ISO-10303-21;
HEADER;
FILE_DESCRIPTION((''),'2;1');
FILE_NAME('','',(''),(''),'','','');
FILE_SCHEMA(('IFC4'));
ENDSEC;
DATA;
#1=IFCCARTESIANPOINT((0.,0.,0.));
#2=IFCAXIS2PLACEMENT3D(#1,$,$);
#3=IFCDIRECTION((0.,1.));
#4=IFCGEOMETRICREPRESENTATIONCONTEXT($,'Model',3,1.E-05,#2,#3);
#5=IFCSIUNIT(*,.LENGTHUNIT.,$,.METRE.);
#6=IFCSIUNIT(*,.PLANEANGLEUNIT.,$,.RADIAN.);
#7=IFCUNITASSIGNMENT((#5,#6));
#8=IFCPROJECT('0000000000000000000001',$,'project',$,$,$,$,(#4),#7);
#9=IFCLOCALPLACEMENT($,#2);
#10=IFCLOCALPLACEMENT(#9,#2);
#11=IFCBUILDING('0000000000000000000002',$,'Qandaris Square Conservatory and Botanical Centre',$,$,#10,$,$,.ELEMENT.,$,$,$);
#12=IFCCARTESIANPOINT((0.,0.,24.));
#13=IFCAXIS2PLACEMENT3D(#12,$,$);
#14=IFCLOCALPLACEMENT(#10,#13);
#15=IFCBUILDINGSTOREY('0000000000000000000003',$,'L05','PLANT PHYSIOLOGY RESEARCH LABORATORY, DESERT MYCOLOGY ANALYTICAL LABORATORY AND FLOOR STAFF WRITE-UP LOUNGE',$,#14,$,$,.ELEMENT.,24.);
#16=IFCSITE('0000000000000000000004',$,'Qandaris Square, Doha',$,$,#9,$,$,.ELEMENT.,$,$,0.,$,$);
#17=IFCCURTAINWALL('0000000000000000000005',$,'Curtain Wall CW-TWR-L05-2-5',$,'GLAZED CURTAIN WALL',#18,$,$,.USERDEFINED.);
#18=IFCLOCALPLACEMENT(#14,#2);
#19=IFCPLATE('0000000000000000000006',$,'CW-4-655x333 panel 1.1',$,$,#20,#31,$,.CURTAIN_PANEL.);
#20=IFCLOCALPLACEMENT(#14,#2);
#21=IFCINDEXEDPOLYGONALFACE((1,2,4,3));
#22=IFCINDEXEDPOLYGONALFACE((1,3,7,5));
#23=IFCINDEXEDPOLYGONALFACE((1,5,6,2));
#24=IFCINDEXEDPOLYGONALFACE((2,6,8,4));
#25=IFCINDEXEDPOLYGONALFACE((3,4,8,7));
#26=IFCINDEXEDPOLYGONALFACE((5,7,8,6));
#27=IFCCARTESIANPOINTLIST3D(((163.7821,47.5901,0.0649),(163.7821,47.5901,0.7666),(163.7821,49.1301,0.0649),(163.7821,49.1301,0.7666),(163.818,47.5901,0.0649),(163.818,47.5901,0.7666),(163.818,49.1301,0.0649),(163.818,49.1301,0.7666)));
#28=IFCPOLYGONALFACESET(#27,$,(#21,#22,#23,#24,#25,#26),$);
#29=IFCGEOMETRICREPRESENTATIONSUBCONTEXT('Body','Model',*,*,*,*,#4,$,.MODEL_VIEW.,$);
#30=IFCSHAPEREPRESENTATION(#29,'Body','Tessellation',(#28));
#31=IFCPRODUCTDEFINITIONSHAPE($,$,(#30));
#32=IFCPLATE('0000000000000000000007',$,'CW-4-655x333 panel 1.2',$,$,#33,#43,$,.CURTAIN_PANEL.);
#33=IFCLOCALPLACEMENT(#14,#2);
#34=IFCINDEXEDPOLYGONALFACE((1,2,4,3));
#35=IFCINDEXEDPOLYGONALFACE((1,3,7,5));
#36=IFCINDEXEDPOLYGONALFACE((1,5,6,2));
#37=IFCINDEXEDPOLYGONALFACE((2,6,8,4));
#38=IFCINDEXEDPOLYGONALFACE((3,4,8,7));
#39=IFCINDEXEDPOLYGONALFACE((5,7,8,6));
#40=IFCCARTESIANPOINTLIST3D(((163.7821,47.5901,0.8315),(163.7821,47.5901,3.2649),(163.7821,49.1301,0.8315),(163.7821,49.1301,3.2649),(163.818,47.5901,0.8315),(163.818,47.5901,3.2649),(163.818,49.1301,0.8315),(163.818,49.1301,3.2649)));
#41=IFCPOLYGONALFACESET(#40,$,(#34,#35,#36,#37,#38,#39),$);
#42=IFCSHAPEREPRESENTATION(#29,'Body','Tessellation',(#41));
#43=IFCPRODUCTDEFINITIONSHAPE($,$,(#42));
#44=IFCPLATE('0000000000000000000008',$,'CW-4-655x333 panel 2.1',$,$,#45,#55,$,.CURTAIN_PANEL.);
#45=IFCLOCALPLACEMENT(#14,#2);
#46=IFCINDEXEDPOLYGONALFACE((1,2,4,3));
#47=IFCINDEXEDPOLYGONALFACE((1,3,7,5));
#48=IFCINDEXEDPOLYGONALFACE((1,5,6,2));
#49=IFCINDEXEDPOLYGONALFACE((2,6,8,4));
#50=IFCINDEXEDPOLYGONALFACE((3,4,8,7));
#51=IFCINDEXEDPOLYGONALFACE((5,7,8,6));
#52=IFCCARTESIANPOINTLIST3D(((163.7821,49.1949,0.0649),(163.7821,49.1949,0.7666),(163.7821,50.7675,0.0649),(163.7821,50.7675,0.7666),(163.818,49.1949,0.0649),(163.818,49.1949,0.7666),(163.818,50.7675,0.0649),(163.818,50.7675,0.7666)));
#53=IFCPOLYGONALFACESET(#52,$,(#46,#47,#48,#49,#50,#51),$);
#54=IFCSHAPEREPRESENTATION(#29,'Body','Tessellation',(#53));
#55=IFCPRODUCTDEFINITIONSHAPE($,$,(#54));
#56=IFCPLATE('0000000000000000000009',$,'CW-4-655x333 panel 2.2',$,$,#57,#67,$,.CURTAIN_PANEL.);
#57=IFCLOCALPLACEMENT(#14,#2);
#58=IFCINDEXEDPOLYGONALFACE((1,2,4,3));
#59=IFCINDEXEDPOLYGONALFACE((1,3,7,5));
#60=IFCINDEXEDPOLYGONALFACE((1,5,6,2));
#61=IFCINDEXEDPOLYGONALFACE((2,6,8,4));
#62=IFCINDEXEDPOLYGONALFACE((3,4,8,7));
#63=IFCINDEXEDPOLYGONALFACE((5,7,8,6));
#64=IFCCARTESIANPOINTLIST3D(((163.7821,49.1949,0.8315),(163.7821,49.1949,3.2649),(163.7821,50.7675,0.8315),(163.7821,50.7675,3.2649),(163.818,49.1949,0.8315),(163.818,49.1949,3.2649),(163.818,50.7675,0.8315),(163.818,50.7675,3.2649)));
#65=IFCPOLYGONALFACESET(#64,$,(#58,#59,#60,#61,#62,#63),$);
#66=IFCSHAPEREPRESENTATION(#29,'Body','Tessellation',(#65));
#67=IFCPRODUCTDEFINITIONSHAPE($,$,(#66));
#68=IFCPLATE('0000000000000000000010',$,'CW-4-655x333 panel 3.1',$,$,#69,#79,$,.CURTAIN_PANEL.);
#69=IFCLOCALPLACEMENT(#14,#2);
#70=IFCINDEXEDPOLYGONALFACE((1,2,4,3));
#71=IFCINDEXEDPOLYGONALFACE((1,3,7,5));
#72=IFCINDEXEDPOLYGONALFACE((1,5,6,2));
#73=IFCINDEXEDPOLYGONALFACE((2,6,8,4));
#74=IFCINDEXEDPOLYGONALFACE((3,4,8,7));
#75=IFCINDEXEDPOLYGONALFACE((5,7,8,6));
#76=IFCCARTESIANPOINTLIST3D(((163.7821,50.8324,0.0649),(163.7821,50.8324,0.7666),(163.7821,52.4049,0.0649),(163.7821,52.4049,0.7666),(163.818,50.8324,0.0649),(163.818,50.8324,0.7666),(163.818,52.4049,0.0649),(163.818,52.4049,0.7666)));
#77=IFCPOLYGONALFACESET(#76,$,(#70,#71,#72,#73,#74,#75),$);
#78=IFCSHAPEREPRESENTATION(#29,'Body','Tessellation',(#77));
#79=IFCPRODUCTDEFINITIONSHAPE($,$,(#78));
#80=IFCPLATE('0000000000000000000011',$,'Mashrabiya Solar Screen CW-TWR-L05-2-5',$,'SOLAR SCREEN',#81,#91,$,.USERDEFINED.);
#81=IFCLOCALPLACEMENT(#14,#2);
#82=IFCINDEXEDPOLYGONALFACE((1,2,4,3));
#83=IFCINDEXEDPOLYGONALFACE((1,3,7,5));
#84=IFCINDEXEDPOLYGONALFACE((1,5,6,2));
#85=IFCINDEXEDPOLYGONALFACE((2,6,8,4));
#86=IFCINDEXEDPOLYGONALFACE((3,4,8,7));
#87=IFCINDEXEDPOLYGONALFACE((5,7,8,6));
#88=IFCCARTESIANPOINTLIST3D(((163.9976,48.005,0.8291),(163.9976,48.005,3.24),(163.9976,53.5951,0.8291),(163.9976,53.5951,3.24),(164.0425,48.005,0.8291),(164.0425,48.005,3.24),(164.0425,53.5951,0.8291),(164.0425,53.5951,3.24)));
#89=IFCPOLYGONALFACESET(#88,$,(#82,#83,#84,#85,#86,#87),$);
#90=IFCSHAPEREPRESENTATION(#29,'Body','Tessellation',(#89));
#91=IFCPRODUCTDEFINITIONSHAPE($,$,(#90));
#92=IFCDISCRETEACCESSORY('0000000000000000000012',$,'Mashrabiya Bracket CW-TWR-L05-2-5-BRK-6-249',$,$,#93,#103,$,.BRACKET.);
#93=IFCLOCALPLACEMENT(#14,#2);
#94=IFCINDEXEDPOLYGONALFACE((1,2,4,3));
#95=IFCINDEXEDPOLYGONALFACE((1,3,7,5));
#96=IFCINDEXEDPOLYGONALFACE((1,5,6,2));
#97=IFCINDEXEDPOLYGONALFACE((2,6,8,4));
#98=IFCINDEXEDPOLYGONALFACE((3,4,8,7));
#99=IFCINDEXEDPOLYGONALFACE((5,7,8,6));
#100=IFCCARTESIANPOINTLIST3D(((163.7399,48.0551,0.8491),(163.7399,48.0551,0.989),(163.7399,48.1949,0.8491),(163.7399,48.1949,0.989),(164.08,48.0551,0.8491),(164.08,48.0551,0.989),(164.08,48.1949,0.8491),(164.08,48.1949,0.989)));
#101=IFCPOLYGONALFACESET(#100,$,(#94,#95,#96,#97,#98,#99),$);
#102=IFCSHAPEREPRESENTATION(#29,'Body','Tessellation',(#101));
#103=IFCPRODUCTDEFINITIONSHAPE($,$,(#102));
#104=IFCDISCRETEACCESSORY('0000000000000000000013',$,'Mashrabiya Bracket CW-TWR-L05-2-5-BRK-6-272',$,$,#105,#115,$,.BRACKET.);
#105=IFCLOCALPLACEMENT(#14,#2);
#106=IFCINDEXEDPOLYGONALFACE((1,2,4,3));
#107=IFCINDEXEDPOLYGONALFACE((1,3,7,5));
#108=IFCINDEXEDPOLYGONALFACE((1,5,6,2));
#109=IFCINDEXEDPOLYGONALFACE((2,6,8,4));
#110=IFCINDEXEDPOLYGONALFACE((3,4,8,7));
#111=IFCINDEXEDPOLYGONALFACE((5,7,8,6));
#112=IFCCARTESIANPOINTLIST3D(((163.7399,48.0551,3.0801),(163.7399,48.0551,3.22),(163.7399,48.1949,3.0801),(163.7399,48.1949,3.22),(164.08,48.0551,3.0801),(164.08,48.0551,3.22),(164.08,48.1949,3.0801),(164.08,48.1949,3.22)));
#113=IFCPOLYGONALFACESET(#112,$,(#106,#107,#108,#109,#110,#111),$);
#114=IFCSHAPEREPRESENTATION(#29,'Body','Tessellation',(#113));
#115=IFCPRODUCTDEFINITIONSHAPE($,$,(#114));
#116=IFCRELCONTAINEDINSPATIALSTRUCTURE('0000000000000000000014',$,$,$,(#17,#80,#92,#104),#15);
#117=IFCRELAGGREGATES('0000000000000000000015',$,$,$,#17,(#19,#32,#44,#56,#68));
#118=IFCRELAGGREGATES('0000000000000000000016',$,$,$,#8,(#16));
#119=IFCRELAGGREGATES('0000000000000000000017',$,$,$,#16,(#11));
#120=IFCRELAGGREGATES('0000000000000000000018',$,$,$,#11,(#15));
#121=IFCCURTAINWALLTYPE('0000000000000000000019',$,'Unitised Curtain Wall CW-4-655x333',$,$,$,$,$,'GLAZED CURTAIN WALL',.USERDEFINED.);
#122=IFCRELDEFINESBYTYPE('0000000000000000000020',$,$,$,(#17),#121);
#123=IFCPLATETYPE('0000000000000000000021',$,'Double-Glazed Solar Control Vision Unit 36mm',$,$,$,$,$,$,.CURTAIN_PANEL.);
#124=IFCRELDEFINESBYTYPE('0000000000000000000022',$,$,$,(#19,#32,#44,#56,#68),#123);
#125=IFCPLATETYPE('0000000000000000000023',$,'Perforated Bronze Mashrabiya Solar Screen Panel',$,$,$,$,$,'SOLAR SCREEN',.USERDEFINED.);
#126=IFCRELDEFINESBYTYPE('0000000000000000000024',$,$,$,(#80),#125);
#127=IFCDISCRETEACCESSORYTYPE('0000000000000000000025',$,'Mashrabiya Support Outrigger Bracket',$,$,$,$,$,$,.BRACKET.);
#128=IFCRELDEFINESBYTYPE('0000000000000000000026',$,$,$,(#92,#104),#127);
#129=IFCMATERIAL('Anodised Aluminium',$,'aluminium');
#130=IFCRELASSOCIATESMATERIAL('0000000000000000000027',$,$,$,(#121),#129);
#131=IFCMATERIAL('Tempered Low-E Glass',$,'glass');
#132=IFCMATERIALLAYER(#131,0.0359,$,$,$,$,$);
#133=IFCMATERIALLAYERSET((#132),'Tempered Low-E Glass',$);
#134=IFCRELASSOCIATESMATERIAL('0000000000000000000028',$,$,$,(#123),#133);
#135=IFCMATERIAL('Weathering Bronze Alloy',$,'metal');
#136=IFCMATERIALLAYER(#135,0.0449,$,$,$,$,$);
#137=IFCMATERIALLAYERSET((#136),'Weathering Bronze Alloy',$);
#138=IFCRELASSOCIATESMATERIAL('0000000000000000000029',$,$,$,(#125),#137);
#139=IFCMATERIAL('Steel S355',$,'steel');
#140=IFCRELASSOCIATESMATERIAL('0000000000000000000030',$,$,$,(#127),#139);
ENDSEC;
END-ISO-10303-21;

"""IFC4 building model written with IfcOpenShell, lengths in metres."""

from ifc_helpers import new_model, si_unit, direction, frame, origin, origin_2d, place, context, subcontext, project, spatial, rectangle, extrude, material, layer, layer_set, type_object, element, aggregate, save


model = new_model("IFC4")

# Units and contexts
model_context = context("Model", 3, precision=1e-05, world=origin(), true_north=direction((0.0, 1.0)))
body_context = subcontext(model_context, "Body", "Model", "MODEL_VIEW")
ifc_project = project(units=[si_unit("LENGTHUNIT", "METRE"), si_unit("PLANEANGLEUNIT", "RADIAN")], contexts=[model_context])

# Site, building, storey
site_placement = place(None, origin())
site = spatial("IfcSite", under=ifc_project, at=site_placement, Name="Qandaris Square, Doha", CompositionType="ELEMENT", RefElevation=0.0)
building_placement = place(site_placement, origin())
building = spatial("IfcBuilding", under=site, at=building_placement, Name="Qandaris Square Conservatory and Botanical Centre", CompositionType="ELEMENT")
storey_placement = place(building_placement, frame((0.0, 0.0, 24.0)))
storey = spatial("IfcBuildingStorey", under=building, at=storey_placement, Name="L05", Description="PLANT PHYSIOLOGY RESEARCH LABORATORY, DESERT MYCOLOGY ANALYTICAL LABORATORY AND FLOOR STAFF WRITE-UP LOUNGE", CompositionType="ELEMENT", Elevation=24.0)

# Curtain wall
ifc_material_1 = material(Name="Anodised Aluminium", Category="aluminium")
curtain_wall_type = type_object("IfcCurtainWallType", Name="Unitised Curtain Wall CW-4-655x333", ElementType="GLAZED CURTAIN WALL", PredefinedType="USERDEFINED", material=ifc_material_1)
curtain_wall_placement = place(storey_placement, origin())
curtain_wall = element("IfcCurtainWall", 1, at=curtain_wall_placement, inside=storey, type_object=curtain_wall_type, Name="Curtain Wall CW-TWR-L05-2-5", ObjectType="GLAZED CURTAIN WALL", PredefinedType="USERDEFINED")

# Shared definitions
ifc_material_2 = material(Name="Steel S355", Category="steel")

# Plates
ifc_material_3 = material(Name="Tempered Low-E Glass", Category="glass")
ifc_layer_1 = layer(ifc_material_3, 0.0359)
ifc_layer_set_1 = layer_set([ifc_layer_1], Name="Tempered Low-E Glass")
plate_type_1 = type_object("IfcPlateType", Name="Double-Glazed Solar Control Vision Unit 36mm", PredefinedType="CURTAIN_PANEL", material=ifc_layer_set_1)
plate_1_placement = place(storey_placement, frame((163.8, 48.3601, 0.0649), z_axis=(0.0, 0.0, 1.0), x_axis=(0.0, 1.0, 0.0)))
plate_1 = element("IfcPlate", 2, at=plate_1_placement, type_object=plate_type_1, Name="CW-4-655x333 panel 1.1", PredefinedType="CURTAIN_PANEL", context=body_context, shape_type="SweptSolid", body=[
    extrude(rectangle(XDim=1.54, YDim=0.0359, at=origin_2d()), origin(), (0.0, 0.0, 1.0), 0.7017),
])
plate_2_placement = place(storey_placement, frame((163.8, 48.3601, 0.8315), z_axis=(0.0, 0.0, 1.0), x_axis=(0.0, 1.0, 0.0)))
plate_2 = element("IfcPlate", 3, at=plate_2_placement, type_object=plate_type_1, Name="CW-4-655x333 panel 1.2", PredefinedType="CURTAIN_PANEL", context=body_context, shape_type="SweptSolid", body=[
    extrude(rectangle(XDim=1.54, YDim=0.0359, at=origin_2d()), origin(), (0.0, 0.0, 1.0), 2.4333),
])
plate_3_placement = place(storey_placement, frame((163.8, 49.9812, 0.0649), z_axis=(0.0, 0.0, 1.0), x_axis=(0.0, 1.0, 0.0)))
plate_3 = element("IfcPlate", 4, at=plate_3_placement, type_object=plate_type_1, Name="CW-4-655x333 panel 2.1", PredefinedType="CURTAIN_PANEL", context=body_context, shape_type="SweptSolid", body=[
    extrude(rectangle(XDim=1.5725, YDim=0.0359, at=origin_2d()), origin(), (0.0, 0.0, 1.0), 0.7017),
])
plate_4_placement = place(storey_placement, frame((163.8, 49.9812, 0.8315), z_axis=(0.0, 0.0, 1.0), x_axis=(0.0, 1.0, 0.0)))
plate_4 = element("IfcPlate", 5, at=plate_4_placement, type_object=plate_type_1, Name="CW-4-655x333 panel 2.2", PredefinedType="CURTAIN_PANEL", context=body_context, shape_type="SweptSolid", body=[
    extrude(rectangle(XDim=1.5725, YDim=0.0359, at=origin_2d()), origin(), (0.0, 0.0, 1.0), 2.4333),
])
plate_5_placement = place(storey_placement, frame((163.8, 51.6187, 0.0649), z_axis=(0.0, 0.0, 1.0), x_axis=(0.0, 1.0, 0.0)))
plate_5 = element("IfcPlate", 6, at=plate_5_placement, type_object=plate_type_1, Name="CW-4-655x333 panel 3.1", PredefinedType="CURTAIN_PANEL", context=body_context, shape_type="SweptSolid", body=[
    extrude(rectangle(XDim=1.5725, YDim=0.0359, at=origin_2d()), origin(), (0.0, 0.0, 1.0), 0.7017),
])
aggregate(curtain_wall, [plate_1, plate_2, plate_3, plate_4, plate_5])
ifc_material_4 = material(Name="Weathering Bronze Alloy", Category="metal")
ifc_layer_2 = layer(ifc_material_4, 0.0449)
ifc_layer_set_2 = layer_set([ifc_layer_2], Name="Weathering Bronze Alloy")
plate_type_2 = type_object("IfcPlateType", Name="Perforated Bronze Mashrabiya Solar Screen Panel", ElementType="SOLAR SCREEN", PredefinedType="USERDEFINED", material=ifc_layer_set_2)
plate_6_placement = place(storey_placement, frame((164.02, 50.8, 0.8291), z_axis=(0.0, 0.0, 1.0), x_axis=(0.0, 1.0, 0.0)))
element("IfcPlate", 7, at=plate_6_placement, inside=storey, type_object=plate_type_2, Name="Mashrabiya Solar Screen CW-TWR-L05-2-5", ObjectType="SOLAR SCREEN", PredefinedType="USERDEFINED", context=body_context, shape_type="SweptSolid", body=[
    extrude(rectangle(XDim=5.5901, YDim=0.0449, at=origin_2d()), origin(), (0.0, 0.0, 1.0), 2.4109),
])

# Discrete accessories
discrete_accessory_type = type_object("IfcDiscreteAccessoryType", Name="Mashrabiya Support Outrigger Bracket", PredefinedType="BRACKET", material=ifc_material_2)
for number, where, z_axis, x_axis, name in (
    (8, (163.9099, 48.125, 0.8491), (0.0, 0.0, 1.0), (0.0, 1.0, 0.0), "Mashrabiya Bracket CW-TWR-L05-2-5-BRK-6-249"),
    (9, (163.9099, 48.125, 3.0801), (0.0, 0.0, 1.0), (0.0, 1.0, 0.0), "Mashrabiya Bracket CW-TWR-L05-2-5-BRK-6-272"),
):
    element("IfcDiscreteAccessory", number, at=place(storey_placement, frame(where, z_axis=z_axis, x_axis=x_axis)), inside=storey, type_object=discrete_accessory_type, Name=name, PredefinedType="BRACKET", context=body_context, shape_type="SweptSolid", body=[
        extrude(rectangle(XDim=0.1399, YDim=0.3401, at=origin_2d()), origin(), (0.0, 0.0, 1.0), 0.1399),
    ])

save(model, "model.ifc")
